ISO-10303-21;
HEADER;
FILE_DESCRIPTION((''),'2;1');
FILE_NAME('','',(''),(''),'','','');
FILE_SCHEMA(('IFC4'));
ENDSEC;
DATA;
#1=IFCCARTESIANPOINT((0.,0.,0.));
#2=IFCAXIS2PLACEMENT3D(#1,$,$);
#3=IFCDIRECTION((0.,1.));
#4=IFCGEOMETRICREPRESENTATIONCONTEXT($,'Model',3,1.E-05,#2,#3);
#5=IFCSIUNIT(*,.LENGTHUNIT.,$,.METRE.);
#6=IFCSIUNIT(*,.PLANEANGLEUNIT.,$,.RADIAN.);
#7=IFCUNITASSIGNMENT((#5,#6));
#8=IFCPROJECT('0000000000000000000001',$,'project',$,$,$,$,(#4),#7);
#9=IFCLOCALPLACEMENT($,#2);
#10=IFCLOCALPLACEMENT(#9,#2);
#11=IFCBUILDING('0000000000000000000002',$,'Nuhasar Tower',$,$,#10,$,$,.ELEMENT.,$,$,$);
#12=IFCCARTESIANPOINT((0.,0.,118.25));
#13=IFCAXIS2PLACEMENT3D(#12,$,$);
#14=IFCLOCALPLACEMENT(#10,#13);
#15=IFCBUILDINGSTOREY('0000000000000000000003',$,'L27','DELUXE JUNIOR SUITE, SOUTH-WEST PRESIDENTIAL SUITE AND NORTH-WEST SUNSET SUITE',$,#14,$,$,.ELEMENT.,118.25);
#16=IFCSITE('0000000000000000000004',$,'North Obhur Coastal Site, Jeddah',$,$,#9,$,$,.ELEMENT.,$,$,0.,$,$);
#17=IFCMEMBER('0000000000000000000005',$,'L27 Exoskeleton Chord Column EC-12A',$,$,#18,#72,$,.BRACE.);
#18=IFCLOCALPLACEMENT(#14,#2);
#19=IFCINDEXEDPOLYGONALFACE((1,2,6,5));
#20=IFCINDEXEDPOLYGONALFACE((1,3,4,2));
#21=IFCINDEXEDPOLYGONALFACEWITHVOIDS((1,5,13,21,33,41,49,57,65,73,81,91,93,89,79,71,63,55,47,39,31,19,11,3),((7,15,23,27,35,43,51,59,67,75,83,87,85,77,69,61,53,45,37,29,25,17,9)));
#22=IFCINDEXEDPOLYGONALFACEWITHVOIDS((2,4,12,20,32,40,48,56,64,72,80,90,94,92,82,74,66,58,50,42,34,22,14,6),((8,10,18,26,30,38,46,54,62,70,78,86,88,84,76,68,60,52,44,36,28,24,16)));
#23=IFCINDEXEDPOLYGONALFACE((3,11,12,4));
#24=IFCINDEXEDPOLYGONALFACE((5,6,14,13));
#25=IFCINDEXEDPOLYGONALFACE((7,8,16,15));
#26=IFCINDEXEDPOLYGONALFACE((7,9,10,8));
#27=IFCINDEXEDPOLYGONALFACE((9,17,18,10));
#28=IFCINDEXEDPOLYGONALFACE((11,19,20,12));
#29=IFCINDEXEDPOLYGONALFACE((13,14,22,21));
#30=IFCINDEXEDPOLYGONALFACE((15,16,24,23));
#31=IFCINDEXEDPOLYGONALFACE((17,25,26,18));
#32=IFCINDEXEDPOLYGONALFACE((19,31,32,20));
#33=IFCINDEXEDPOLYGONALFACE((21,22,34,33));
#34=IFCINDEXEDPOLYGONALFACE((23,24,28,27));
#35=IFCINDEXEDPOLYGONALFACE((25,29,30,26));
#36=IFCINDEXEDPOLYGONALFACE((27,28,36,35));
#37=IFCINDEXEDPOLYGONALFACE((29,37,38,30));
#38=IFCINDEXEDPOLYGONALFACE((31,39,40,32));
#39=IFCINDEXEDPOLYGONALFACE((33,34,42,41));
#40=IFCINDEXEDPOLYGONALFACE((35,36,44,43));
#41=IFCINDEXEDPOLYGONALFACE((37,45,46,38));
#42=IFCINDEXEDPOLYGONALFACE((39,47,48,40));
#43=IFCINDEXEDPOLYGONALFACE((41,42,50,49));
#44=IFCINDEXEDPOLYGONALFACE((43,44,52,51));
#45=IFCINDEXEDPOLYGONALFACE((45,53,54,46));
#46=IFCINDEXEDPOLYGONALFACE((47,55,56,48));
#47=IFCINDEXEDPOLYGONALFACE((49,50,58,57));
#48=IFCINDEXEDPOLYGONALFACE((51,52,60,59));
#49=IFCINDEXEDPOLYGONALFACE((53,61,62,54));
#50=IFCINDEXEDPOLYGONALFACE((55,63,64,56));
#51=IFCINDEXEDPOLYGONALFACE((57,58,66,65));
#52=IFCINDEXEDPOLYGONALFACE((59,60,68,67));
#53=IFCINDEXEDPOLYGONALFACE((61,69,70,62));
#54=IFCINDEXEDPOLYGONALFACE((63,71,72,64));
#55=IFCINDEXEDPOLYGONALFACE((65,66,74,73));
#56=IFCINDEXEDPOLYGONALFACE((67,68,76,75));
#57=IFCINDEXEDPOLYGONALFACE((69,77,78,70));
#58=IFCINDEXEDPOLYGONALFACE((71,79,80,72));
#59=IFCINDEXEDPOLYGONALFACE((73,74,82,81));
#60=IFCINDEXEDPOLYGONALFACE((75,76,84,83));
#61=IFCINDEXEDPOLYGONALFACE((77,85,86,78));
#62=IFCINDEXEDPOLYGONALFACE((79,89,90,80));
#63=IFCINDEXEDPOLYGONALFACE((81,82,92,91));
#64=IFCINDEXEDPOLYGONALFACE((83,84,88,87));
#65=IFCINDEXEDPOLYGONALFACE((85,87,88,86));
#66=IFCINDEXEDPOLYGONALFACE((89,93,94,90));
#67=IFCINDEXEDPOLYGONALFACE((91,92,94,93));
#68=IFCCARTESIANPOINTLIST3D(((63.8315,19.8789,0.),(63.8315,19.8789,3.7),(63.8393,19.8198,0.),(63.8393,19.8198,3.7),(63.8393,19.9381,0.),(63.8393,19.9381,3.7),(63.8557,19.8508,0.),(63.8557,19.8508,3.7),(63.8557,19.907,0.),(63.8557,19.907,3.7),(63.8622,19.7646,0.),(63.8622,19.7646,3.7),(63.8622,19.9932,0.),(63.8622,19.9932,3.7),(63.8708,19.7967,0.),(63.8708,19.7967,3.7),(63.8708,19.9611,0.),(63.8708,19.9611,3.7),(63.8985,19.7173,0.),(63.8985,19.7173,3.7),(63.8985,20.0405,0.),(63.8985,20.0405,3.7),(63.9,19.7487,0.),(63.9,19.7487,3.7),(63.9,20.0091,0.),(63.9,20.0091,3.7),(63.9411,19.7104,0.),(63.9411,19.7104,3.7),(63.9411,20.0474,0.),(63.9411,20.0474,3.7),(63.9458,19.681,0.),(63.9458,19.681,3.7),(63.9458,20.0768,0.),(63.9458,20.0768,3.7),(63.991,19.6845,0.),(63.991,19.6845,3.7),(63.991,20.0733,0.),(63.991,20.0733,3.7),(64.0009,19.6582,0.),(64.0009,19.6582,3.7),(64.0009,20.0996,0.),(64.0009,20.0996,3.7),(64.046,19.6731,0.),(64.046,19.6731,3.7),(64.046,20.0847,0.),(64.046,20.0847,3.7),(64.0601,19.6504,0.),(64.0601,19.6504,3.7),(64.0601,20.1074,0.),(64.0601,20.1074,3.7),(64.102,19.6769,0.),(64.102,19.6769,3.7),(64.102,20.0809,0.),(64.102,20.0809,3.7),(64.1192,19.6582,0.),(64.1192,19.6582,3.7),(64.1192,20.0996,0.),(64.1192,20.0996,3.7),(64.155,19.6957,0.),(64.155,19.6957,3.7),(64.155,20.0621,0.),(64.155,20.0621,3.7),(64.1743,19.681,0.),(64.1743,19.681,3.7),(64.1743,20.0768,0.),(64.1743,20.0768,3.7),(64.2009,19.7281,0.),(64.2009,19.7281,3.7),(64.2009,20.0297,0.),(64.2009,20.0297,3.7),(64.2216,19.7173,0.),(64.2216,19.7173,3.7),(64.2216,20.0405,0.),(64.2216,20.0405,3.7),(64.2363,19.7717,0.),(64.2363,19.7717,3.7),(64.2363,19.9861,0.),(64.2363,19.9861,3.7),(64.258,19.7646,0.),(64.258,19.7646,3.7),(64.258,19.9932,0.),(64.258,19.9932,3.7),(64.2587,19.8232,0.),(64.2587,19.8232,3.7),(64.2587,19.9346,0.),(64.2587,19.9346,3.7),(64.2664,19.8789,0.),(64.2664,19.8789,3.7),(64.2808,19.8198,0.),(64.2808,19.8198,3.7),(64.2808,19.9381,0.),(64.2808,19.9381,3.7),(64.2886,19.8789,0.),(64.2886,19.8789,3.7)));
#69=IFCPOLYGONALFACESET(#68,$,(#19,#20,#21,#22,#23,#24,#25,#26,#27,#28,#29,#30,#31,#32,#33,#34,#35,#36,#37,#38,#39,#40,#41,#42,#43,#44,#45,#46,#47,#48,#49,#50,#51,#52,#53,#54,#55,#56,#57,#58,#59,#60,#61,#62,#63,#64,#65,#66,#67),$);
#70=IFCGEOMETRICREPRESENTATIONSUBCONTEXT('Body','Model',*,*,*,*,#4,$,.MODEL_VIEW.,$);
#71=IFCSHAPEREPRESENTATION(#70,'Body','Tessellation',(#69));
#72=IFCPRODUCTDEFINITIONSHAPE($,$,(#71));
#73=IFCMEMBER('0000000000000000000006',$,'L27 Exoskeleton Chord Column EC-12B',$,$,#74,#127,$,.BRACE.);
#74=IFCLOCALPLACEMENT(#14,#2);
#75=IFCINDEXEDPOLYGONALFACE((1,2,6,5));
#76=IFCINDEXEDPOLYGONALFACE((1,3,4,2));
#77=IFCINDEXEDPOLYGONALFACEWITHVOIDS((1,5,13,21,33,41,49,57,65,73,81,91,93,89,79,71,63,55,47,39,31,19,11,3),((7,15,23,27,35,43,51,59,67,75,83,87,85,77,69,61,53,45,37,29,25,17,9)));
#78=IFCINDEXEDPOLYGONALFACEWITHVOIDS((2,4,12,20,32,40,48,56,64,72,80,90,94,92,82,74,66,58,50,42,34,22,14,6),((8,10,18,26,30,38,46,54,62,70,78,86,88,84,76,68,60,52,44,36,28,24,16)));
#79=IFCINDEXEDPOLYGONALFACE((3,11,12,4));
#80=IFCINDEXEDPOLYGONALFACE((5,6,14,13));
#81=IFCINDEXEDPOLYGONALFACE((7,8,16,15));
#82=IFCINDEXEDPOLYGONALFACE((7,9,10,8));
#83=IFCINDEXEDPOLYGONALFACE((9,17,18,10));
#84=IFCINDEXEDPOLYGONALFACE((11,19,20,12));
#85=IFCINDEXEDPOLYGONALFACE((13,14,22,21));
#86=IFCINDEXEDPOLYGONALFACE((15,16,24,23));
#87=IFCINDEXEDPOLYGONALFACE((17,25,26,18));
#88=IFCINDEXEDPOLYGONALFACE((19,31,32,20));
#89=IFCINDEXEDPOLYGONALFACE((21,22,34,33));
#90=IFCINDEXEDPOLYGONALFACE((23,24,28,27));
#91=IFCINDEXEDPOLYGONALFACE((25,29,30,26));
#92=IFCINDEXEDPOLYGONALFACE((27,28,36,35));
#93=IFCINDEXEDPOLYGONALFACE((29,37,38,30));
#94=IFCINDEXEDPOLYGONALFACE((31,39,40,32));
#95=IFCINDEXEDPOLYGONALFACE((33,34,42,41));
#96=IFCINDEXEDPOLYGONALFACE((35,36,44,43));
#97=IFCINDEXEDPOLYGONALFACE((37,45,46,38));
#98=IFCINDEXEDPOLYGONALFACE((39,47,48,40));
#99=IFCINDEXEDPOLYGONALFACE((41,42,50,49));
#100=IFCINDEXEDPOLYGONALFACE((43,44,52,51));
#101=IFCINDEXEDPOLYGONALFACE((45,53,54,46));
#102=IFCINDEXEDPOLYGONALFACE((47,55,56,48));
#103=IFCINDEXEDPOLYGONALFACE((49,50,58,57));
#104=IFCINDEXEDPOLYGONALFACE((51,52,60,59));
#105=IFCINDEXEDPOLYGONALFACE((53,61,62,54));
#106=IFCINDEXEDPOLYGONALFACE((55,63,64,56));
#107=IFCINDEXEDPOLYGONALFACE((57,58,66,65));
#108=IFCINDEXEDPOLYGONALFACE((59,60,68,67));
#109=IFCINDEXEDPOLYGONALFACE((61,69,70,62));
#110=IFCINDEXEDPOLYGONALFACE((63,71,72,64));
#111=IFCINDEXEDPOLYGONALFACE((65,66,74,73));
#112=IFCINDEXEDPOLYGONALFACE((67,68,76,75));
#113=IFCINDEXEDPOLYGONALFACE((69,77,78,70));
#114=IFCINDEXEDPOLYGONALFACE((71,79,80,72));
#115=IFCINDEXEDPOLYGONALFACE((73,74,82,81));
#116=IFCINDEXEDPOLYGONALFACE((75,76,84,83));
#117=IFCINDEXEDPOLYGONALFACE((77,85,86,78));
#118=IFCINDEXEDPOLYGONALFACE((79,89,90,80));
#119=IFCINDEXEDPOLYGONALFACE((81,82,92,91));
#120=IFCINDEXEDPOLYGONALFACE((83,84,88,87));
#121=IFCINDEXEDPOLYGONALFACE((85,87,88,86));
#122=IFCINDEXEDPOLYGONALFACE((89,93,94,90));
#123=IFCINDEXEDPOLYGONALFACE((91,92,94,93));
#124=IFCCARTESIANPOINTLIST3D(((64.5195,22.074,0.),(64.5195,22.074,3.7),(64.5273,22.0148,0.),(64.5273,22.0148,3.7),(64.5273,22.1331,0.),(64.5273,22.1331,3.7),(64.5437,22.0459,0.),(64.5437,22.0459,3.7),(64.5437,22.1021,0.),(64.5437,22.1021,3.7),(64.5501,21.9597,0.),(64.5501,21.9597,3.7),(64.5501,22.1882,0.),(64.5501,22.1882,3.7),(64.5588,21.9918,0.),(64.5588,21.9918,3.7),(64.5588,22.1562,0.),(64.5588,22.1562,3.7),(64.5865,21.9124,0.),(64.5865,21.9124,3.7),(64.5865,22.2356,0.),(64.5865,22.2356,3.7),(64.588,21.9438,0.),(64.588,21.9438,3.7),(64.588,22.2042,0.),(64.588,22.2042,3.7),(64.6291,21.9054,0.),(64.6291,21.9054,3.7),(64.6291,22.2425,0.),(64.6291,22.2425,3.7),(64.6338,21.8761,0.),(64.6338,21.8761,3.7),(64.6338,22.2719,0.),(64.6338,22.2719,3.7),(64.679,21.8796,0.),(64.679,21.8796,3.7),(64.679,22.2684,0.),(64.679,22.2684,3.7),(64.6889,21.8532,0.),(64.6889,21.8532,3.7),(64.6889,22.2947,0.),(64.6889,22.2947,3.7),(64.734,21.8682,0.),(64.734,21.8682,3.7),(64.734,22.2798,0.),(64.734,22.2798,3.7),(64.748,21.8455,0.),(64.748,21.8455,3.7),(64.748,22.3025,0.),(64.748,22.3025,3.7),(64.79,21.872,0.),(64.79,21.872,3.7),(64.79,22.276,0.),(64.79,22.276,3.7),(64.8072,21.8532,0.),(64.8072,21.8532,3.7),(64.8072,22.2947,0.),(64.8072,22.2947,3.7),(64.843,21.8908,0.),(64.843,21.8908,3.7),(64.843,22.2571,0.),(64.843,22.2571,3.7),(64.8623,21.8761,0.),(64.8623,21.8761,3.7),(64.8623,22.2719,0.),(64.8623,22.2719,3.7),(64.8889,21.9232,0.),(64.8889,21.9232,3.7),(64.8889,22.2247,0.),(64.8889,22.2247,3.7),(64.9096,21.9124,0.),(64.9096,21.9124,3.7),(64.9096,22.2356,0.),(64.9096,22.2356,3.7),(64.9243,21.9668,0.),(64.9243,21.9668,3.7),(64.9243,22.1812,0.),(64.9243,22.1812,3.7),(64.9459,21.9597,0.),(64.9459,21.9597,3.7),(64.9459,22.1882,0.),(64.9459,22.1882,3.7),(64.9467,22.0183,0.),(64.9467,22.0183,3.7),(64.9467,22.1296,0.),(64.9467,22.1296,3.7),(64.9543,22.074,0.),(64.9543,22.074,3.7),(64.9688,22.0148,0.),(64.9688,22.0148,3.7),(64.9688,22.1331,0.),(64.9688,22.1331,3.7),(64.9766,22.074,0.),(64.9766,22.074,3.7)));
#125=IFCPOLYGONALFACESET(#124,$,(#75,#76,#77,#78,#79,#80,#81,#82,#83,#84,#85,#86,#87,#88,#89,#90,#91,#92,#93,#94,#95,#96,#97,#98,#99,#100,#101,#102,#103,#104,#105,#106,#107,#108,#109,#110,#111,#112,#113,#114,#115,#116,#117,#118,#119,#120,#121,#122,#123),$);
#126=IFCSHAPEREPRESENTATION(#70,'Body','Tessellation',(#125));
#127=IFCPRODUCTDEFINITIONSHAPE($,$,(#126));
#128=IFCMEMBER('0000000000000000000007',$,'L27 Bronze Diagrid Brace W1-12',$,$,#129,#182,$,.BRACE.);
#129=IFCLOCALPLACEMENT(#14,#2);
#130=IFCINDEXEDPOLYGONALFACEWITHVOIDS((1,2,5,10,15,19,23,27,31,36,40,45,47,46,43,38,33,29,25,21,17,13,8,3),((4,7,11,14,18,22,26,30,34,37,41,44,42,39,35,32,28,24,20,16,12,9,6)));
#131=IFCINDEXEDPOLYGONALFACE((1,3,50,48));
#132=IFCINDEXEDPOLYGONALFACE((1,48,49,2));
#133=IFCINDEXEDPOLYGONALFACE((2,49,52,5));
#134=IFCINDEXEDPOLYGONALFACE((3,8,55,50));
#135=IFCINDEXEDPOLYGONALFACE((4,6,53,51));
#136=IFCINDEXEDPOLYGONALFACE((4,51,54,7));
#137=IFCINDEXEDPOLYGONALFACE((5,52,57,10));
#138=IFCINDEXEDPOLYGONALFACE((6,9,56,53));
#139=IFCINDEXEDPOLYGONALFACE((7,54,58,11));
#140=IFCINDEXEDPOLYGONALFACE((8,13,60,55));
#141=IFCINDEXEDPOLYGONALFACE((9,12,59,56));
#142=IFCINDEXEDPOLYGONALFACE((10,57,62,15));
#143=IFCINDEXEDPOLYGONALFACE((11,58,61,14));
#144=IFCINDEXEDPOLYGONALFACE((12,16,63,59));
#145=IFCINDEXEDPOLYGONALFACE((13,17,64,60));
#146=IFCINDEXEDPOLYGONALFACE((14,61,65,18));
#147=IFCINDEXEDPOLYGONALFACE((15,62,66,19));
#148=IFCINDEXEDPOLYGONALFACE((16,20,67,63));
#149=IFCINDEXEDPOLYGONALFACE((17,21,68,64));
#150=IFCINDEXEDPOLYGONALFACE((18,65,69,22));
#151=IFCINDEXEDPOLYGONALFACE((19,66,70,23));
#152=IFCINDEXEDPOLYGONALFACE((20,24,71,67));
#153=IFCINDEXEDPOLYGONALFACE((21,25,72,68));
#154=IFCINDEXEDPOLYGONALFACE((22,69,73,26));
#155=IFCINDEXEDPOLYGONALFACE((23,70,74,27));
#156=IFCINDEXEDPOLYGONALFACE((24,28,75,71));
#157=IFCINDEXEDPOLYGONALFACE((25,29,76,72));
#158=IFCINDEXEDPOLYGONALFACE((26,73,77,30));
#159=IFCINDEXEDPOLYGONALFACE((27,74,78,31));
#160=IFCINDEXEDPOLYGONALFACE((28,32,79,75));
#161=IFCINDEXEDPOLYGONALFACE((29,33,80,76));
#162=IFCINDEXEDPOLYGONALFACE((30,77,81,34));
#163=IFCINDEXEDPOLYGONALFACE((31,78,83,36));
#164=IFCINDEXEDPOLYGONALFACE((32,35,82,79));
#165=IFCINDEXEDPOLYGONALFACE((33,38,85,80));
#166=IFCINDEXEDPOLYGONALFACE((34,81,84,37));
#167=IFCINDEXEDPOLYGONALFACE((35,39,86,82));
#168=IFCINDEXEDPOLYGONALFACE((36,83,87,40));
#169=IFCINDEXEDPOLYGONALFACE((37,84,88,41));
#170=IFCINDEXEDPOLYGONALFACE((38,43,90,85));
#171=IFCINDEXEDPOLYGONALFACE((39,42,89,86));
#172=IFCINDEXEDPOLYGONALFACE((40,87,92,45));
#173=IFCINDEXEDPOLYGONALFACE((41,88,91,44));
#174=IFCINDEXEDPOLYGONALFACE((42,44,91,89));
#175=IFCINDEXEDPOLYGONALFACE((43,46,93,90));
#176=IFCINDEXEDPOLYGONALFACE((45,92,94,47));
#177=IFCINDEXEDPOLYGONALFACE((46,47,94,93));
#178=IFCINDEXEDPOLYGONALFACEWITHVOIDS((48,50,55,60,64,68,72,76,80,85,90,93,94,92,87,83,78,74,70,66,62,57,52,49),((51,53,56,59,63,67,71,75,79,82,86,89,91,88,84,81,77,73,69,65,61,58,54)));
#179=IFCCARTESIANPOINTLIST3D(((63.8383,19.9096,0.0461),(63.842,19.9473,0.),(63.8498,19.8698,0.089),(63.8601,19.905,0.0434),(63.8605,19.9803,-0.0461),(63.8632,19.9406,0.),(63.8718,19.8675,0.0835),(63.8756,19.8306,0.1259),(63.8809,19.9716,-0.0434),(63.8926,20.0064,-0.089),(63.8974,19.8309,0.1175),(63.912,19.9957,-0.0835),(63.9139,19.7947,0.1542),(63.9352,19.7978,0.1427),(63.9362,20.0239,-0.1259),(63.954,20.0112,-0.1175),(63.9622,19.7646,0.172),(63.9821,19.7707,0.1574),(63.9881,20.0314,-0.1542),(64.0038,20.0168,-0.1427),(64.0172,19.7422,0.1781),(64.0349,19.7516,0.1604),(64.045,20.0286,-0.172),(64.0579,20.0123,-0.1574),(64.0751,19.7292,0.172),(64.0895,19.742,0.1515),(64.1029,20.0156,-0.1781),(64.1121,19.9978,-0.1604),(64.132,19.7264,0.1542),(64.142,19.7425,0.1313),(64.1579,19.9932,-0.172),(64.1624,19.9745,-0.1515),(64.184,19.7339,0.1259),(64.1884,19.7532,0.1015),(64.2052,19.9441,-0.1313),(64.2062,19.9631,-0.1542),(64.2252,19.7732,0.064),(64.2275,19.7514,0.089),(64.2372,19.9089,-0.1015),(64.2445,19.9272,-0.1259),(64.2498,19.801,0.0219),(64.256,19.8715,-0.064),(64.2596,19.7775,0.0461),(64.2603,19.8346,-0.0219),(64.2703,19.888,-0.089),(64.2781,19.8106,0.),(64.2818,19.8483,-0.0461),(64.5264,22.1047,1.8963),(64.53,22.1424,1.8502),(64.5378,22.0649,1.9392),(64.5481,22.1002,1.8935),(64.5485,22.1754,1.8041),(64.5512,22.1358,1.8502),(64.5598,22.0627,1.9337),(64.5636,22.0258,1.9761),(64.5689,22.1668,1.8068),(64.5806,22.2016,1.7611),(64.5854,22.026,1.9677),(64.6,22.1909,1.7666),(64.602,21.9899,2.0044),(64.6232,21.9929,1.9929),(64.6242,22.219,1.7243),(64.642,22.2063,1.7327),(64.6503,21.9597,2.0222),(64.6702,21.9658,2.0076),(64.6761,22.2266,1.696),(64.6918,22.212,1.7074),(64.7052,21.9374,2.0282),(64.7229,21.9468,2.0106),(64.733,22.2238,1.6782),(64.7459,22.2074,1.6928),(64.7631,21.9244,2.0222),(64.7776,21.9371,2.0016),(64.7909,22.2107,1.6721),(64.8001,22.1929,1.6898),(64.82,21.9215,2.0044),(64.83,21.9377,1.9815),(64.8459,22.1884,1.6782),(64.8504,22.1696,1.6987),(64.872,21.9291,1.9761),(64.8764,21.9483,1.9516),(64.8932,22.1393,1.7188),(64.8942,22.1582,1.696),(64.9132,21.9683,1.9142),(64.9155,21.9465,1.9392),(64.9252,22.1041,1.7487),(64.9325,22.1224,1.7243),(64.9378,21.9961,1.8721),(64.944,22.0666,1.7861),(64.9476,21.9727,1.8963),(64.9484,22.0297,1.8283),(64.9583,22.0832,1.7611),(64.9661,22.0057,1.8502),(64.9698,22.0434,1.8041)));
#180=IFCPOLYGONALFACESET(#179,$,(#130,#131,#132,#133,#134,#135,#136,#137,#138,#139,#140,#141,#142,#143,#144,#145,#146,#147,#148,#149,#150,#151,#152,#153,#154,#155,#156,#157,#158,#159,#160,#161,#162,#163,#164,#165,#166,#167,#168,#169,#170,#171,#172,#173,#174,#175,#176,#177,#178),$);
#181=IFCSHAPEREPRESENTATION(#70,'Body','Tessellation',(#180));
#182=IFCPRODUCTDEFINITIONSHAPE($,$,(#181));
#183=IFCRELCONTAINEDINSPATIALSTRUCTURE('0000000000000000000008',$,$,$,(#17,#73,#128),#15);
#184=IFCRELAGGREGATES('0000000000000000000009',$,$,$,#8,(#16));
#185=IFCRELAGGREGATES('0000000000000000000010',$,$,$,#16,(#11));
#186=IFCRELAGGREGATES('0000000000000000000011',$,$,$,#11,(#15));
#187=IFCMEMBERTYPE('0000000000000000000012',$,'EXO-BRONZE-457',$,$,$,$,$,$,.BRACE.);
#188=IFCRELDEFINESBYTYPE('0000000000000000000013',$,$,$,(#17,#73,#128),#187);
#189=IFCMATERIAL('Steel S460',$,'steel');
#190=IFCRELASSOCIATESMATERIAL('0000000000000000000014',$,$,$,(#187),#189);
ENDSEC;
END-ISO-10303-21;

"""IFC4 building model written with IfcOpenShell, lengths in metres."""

from ifc_helpers import new_model, si_unit, direction, frame, origin, origin_2d, place, context, subcontext, project, spatial, hollow_circle, extrude, material, material_profile, profile_set, type_object, element, save


model = new_model("IFC4")

# Units and contexts
model_context = context("Model", 3, precision=1e-05, world=origin(), true_north=direction((0.0, 1.0)))
body_context = subcontext(model_context, "Body", "Model", "MODEL_VIEW")
ifc_project = project(units=[si_unit("LENGTHUNIT", "METRE"), si_unit("PLANEANGLEUNIT", "RADIAN")], contexts=[model_context])

# Site, building, storey
site_placement = place(None, origin())
site = spatial("IfcSite", under=ifc_project, at=site_placement, Name="North Obhur Coastal Site, Jeddah", CompositionType="ELEMENT", RefElevation=0.0)
building_placement = place(site_placement, origin())
building = spatial("IfcBuilding", under=site, at=building_placement, Name="Nuhasar Tower", CompositionType="ELEMENT")
storey_placement = place(building_placement, frame((0.0, 0.0, 118.25)))
storey = spatial("IfcBuildingStorey", under=building, at=storey_placement, Name="L27", Description="DELUXE JUNIOR SUITE, SOUTH-WEST PRESIDENTIAL SUITE AND NORTH-WEST SUNSET SUITE", CompositionType="ELEMENT", Elevation=118.25)

# Members
ifc_material_1 = material(Name="Steel S460", Category="steel")
ifc_material_profile_1 = material_profile(ifc_material_1, hollow_circle(Radius=0.2285, WallThickness=0.0222, at=origin_2d()), Name="HSS457X22.2")
ifc_profile_set_1 = profile_set([ifc_material_profile_1], Name="Steel S460")
member_type = type_object("IfcMemberType", Name="EXO-BRONZE-457", PredefinedType="BRACE", material=ifc_profile_set_1)
for number, where, z_axis, x_axis, name in (
    (1, (64.0601, 19.8789, 0.0), (0.0, 0.0, 1.0), (1.0, 0.0, 0.0), "L27 Exoskeleton Chord Column EC-12A"),
    (2, (64.748, 22.074, 0.0), (0.0, 0.0, 1.0), (1.0, 0.0, 0.0), "L27 Exoskeleton Chord Column EC-12B"),
):
    element("IfcMember", number, at=place(storey_placement, frame(where, z_axis=z_axis, x_axis=x_axis)), inside=storey, type_object=member_type, Name=name, PredefinedType="BRACE", context=body_context, shape_type="SweptSolid", body=[
        extrude(hollow_circle(Radius=0.2285, WallThickness=0.0222, at=origin_2d()), origin(), (0.0, 0.0, 1.0), 3.7),
    ])
member_1_placement = place(storey_placement, frame((64.0601, 19.8789, 0.0), z_axis=(0.233056, 0.743578, 0.626719), x_axis=(-0.954228, 0.299079, 0.0)))
element("IfcMember", 3, at=member_1_placement, inside=storey, type_object=member_type, Name="L27 Bronze Diagrid Brace W1-12", PredefinedType="BRACE", context=body_context, shape_type="SweptSolid", body=[
    extrude(hollow_circle(Radius=0.2285, WallThickness=0.0222, at=origin_2d()), origin(), (0.0, 0.0, 1.0), 2.9521),
])

save(model, "model.ifc")
